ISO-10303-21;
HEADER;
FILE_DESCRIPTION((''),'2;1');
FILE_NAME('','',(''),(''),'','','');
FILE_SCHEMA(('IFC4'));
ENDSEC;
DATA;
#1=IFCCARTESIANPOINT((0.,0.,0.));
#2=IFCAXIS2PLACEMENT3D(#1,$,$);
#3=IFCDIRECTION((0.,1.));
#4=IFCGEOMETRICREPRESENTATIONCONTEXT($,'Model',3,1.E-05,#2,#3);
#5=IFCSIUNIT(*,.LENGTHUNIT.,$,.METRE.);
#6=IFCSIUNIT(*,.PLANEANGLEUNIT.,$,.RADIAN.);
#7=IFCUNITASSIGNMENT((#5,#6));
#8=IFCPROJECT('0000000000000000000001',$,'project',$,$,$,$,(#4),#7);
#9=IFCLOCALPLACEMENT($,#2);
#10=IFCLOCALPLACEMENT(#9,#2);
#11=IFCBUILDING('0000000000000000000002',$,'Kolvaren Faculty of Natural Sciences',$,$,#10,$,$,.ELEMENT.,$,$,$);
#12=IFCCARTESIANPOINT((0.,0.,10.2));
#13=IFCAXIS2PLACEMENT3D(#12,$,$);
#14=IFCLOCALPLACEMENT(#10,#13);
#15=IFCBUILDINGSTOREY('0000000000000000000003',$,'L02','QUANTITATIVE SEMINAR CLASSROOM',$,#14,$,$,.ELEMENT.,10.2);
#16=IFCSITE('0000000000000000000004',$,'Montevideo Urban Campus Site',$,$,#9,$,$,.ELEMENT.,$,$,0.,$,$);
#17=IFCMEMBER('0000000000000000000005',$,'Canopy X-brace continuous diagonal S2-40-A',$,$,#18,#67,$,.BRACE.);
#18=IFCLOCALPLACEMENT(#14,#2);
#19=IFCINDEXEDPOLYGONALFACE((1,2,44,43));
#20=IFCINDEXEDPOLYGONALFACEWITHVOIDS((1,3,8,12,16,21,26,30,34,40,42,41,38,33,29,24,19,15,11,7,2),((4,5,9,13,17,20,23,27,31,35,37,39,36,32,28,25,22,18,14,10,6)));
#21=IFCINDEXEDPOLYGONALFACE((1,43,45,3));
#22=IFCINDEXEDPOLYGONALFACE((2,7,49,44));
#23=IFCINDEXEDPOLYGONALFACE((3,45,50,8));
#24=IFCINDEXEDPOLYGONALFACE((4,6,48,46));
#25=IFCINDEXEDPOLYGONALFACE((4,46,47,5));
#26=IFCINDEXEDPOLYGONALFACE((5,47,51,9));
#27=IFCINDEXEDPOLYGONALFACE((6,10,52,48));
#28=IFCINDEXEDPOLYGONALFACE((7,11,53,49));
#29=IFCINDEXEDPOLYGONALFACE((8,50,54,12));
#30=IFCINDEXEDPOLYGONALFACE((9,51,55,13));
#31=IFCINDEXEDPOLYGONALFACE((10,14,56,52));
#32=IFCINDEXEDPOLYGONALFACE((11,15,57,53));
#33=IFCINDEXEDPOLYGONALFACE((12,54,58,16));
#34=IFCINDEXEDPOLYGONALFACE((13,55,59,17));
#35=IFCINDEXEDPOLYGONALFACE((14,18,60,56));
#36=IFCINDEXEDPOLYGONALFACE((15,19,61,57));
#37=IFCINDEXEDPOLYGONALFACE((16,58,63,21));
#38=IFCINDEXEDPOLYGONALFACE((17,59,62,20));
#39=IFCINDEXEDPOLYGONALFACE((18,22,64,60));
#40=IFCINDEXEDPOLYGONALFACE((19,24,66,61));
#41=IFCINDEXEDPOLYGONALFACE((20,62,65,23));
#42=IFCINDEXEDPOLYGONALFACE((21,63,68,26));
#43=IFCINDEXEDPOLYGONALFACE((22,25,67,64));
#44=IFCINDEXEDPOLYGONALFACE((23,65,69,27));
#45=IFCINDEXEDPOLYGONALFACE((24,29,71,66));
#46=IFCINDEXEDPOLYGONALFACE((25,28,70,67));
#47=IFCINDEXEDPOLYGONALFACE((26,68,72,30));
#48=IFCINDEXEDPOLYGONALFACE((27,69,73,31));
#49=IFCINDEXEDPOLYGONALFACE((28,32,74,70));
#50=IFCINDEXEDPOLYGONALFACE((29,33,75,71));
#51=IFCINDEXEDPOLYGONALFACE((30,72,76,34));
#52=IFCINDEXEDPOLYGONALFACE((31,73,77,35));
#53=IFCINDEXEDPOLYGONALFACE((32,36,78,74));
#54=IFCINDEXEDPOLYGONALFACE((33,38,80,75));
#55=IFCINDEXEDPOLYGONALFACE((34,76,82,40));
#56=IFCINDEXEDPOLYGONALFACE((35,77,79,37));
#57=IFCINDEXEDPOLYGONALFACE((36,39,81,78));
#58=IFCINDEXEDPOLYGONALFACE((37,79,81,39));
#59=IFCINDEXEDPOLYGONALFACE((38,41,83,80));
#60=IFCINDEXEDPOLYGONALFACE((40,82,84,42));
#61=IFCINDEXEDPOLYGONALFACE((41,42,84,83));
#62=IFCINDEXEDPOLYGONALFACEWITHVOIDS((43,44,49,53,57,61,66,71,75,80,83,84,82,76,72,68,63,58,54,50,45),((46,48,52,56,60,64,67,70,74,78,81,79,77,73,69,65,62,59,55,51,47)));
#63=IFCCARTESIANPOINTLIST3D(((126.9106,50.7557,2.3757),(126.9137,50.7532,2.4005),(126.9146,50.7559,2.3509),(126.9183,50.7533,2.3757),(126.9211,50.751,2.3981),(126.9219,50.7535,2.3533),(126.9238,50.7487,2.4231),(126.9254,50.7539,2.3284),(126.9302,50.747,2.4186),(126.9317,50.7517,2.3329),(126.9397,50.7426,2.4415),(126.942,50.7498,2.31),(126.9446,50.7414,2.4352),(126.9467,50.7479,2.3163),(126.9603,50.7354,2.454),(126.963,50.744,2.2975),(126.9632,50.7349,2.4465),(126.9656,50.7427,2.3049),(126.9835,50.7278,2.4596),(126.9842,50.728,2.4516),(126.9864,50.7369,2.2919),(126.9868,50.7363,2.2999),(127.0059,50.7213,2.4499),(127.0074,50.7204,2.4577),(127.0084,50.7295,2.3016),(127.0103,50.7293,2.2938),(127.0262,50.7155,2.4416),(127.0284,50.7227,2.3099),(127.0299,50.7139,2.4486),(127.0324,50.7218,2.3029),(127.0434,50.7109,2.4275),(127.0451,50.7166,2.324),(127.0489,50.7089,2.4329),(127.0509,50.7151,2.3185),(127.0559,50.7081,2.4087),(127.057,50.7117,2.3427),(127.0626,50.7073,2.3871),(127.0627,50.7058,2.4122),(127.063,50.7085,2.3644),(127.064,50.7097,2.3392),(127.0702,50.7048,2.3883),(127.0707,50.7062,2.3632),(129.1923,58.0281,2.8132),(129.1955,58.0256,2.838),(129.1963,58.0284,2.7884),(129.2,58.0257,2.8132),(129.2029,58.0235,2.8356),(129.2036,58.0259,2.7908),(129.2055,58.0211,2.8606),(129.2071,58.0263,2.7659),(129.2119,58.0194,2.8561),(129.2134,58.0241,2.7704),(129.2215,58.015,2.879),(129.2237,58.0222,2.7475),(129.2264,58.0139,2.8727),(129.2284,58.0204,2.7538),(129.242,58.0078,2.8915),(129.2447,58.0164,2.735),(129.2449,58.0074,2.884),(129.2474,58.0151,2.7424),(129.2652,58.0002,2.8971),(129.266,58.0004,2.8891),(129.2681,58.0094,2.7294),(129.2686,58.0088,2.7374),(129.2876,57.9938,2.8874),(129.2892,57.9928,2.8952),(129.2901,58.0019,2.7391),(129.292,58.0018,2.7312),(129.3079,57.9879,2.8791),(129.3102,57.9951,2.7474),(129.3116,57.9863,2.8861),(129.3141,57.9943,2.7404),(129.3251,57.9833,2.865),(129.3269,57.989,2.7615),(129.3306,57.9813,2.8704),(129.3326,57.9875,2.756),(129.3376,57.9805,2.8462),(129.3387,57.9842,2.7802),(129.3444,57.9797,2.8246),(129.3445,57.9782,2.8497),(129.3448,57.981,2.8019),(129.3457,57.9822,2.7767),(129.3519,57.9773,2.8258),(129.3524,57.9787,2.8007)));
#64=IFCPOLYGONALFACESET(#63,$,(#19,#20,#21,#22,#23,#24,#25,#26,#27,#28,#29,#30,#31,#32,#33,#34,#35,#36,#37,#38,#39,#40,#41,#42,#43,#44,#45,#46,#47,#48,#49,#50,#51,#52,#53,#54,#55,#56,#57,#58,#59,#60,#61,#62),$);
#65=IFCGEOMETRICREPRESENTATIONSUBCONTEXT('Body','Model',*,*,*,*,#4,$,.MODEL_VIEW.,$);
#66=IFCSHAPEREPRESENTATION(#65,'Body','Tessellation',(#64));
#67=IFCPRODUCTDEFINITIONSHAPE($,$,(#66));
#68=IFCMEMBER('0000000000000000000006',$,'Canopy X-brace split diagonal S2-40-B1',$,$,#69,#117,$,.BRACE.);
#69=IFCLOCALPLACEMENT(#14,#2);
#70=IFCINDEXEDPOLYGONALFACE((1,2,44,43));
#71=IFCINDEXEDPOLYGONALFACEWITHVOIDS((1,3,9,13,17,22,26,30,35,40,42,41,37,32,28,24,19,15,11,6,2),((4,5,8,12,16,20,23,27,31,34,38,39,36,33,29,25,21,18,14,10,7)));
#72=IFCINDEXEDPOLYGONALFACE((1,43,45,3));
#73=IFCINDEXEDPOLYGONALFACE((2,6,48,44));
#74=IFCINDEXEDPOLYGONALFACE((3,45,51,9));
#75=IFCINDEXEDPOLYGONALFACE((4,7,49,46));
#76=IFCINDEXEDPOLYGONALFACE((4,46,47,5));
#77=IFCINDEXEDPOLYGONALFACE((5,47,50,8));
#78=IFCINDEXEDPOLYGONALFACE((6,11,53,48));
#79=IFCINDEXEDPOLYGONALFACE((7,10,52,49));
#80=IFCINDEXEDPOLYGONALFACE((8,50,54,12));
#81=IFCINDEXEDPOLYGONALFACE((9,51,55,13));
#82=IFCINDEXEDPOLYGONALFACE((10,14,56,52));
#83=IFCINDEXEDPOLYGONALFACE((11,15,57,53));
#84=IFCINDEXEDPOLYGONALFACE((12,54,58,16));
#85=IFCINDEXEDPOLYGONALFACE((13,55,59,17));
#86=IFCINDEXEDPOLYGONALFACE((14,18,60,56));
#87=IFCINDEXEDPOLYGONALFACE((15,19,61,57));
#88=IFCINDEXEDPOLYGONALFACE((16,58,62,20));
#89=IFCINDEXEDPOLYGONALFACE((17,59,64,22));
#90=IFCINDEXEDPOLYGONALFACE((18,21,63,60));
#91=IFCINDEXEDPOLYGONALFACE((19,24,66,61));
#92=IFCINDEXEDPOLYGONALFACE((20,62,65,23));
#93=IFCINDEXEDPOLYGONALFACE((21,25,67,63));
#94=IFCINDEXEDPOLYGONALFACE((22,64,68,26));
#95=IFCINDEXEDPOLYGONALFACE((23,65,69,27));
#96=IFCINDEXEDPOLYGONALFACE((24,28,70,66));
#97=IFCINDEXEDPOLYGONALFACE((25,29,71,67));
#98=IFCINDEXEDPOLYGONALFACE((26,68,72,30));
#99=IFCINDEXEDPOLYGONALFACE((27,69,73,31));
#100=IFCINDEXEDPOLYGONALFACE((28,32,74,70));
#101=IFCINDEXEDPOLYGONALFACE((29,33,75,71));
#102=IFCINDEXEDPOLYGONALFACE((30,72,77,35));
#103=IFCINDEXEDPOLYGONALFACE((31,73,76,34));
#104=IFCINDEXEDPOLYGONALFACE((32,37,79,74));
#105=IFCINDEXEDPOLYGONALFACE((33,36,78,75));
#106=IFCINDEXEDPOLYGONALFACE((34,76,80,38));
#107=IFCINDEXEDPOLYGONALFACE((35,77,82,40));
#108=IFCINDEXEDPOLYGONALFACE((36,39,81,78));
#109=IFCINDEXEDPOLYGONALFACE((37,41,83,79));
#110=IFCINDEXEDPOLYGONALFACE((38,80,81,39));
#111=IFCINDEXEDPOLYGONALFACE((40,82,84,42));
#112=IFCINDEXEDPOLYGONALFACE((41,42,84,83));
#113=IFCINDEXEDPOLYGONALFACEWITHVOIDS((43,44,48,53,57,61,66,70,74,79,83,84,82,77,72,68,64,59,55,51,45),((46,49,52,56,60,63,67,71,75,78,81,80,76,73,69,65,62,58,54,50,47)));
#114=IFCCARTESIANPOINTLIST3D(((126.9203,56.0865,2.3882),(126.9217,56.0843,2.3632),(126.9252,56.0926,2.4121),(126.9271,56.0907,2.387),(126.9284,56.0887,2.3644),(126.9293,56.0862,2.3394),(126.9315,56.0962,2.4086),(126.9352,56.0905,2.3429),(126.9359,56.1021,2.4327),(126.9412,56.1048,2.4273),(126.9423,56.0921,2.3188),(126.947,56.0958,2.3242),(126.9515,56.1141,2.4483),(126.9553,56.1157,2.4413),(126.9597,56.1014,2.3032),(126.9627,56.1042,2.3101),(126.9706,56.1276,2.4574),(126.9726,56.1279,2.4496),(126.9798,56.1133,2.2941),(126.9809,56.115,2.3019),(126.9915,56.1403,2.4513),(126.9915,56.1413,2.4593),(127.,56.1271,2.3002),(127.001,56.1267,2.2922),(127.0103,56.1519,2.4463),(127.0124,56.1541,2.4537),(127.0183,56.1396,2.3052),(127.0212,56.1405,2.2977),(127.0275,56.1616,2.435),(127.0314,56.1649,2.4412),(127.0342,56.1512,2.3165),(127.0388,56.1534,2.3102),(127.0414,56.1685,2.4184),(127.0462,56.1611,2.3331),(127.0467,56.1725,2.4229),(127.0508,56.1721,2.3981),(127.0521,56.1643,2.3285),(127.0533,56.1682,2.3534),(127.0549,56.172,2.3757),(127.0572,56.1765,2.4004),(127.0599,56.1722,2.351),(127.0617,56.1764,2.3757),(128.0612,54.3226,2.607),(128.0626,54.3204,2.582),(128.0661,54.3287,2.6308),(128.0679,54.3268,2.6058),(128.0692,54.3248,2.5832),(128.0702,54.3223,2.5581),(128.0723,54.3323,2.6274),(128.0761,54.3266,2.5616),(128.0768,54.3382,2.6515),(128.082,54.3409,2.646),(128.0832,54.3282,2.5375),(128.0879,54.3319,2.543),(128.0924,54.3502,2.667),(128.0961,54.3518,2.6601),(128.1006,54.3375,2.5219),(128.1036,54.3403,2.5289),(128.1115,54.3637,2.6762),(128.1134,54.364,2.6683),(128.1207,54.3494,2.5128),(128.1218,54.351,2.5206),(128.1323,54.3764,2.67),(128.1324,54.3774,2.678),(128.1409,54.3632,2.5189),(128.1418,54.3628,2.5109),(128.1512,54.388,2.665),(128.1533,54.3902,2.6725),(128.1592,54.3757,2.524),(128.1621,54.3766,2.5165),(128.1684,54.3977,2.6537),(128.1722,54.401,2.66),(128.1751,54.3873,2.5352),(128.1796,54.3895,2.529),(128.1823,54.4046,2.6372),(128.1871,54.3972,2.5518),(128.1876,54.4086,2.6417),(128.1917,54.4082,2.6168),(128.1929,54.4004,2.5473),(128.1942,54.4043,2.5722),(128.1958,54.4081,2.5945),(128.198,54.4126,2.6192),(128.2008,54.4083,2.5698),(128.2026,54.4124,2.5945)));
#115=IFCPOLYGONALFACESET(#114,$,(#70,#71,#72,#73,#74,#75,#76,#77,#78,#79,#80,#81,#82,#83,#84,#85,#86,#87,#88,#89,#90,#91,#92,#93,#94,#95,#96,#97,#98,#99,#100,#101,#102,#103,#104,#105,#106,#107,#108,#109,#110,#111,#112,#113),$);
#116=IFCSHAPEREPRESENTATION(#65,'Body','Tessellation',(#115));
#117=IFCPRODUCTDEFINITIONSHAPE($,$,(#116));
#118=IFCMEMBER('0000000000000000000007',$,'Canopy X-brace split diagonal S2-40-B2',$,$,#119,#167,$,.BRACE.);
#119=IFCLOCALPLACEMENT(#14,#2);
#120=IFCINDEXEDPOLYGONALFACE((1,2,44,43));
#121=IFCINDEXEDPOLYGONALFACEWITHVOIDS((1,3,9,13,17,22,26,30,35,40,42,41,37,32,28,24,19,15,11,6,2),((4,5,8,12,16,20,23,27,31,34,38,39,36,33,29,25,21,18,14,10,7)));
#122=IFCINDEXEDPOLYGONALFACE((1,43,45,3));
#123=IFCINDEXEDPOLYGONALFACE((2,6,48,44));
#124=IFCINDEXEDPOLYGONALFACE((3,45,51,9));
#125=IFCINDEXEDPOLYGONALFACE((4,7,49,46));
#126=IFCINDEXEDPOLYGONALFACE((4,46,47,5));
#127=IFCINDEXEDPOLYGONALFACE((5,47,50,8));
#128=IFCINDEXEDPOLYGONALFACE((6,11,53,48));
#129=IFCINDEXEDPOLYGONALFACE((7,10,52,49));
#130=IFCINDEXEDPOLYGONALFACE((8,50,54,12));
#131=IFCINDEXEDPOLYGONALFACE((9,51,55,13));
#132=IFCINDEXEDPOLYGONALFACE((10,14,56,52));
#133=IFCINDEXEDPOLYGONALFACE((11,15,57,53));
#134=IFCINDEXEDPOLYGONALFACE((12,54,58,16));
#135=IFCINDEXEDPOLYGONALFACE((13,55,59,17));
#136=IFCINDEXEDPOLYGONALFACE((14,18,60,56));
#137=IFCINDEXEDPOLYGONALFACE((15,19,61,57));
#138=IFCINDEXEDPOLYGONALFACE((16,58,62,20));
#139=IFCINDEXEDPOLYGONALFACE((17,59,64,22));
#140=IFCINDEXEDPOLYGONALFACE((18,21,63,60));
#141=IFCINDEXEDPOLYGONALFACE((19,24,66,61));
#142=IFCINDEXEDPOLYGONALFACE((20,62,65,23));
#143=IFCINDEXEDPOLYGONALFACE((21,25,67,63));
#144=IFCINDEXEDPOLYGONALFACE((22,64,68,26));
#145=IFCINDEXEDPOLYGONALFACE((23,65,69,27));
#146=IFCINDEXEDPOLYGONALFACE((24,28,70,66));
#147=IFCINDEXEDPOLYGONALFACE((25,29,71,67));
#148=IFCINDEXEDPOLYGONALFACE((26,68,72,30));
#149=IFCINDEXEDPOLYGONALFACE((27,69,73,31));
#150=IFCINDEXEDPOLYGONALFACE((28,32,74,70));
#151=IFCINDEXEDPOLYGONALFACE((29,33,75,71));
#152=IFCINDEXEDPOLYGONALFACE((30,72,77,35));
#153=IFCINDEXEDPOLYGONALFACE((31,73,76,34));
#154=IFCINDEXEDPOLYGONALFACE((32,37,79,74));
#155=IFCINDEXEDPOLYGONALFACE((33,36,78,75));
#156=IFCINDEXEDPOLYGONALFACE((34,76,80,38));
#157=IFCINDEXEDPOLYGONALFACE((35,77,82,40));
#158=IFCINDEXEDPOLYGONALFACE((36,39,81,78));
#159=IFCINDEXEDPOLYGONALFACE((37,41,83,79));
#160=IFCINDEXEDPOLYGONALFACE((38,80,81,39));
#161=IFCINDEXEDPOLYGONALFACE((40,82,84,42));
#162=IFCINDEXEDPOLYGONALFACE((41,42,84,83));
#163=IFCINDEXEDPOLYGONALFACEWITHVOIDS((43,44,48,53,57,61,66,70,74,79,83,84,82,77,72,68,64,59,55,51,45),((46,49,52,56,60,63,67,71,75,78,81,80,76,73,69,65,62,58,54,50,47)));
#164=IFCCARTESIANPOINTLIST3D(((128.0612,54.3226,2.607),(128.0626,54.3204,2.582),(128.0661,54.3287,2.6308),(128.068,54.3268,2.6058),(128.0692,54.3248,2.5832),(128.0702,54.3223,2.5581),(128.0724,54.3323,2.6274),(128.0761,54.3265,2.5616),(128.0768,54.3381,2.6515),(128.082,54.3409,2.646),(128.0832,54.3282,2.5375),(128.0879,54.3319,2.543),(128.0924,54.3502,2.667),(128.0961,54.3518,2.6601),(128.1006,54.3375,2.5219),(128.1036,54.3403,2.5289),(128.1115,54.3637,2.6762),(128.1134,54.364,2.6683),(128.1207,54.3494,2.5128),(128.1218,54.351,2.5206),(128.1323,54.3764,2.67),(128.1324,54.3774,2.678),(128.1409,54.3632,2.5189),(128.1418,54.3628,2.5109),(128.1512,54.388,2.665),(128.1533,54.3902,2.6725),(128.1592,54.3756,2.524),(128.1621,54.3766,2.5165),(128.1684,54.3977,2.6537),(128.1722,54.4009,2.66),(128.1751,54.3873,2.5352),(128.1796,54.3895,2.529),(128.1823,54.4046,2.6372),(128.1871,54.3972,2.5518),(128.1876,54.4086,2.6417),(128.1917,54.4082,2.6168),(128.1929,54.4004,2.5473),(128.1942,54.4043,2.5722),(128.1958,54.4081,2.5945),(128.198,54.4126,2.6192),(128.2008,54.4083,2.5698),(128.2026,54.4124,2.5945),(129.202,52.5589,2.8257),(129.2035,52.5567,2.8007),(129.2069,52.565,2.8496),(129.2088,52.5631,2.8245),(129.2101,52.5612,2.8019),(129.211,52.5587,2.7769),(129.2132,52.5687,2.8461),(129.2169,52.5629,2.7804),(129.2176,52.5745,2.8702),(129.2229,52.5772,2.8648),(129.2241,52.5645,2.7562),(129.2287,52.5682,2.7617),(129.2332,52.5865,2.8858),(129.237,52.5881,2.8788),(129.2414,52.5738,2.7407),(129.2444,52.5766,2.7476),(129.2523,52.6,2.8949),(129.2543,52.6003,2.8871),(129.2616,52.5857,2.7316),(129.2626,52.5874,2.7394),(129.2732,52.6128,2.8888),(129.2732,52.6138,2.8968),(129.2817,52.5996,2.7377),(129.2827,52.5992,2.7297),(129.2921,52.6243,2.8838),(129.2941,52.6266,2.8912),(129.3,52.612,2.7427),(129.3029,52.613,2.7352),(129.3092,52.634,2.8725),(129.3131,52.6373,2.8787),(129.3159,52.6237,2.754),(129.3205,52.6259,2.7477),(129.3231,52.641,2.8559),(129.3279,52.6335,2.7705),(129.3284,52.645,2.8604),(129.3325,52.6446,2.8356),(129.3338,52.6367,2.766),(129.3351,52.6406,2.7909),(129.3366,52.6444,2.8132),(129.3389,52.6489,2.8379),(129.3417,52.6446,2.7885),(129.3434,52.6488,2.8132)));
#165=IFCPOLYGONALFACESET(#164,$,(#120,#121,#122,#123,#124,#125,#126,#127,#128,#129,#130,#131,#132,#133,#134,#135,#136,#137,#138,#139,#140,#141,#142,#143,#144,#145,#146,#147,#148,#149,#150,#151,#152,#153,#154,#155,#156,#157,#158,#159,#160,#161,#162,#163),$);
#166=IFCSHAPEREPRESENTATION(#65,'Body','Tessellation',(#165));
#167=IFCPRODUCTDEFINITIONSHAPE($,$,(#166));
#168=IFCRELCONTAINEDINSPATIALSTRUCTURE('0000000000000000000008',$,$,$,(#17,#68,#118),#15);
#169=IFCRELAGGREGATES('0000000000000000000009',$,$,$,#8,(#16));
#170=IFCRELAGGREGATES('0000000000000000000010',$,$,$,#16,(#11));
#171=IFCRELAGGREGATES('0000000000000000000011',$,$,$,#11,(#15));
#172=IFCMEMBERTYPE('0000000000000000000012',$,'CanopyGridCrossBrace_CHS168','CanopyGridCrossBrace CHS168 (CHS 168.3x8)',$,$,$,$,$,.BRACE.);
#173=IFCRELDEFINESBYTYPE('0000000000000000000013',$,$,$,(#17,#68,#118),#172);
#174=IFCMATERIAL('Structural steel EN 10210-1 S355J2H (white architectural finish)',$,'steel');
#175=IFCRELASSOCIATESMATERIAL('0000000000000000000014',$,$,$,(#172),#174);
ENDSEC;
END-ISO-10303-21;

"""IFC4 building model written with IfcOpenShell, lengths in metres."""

from ifc_helpers import new_model, si_unit, direction, frame, origin, origin_2d, place, context, subcontext, project, spatial, hollow_circle, extrude, material, material_profile, profile_set, type_object, element, save


model = new_model("IFC4")

# Units and contexts
model_context = context("Model", 3, precision=1e-05, world=origin(), true_north=direction((0.0, 1.0)))
body_context = subcontext(model_context, "Body", "Model", "MODEL_VIEW")
ifc_project = project(units=[si_unit("LENGTHUNIT", "METRE"), si_unit("PLANEANGLEUNIT", "RADIAN")], contexts=[model_context])

# Site, building, storey
site_placement = place(None, origin())
site = spatial("IfcSite", under=ifc_project, at=site_placement, Name="Montevideo Urban Campus Site", CompositionType="ELEMENT", RefElevation=0.0)
building_placement = place(site_placement, origin())
building = spatial("IfcBuilding", under=site, at=building_placement, Name="Kolvaren Faculty of Natural Sciences", CompositionType="ELEMENT")
storey_placement = place(building_placement, frame((0.0, 0.0, 10.2)))
storey = spatial("IfcBuildingStorey", under=building, at=storey_placement, Name="L02", Description="QUANTITATIVE SEMINAR CLASSROOM", CompositionType="ELEMENT", Elevation=10.2)

# Members
ifc_material_1 = material(Name="Structural steel EN 10210-1 S355J2H (white architectural finish)", Category="steel")
ifc_material_profile_1 = material_profile(ifc_material_1, hollow_circle(Radius=0.0842, WallThickness=0.0081, at=origin_2d()), Name="CHS 168.3x8")
ifc_profile_set_1 = profile_set([ifc_material_profile_1], Name="Structural steel EN 10210-1 S355J2H (white architectural finish)")
member_type_1 = type_object("IfcMemberType", Name="CanopyGridCrossBrace_CHS168", Description="CanopyGridCrossBrace CHS168 (CHS 168.3x8)", PredefinedType="BRACE", material=ifc_profile_set_1)
member_1_placement = place(storey_placement, frame((126.991, 50.7305, 2.3757), z_axis=(0.29887, 0.952572, 0.057305), x_axis=(-0.95414, 0.299362, 0.0)))
element("IfcMember", 1, at=member_1_placement, inside=storey, type_object=member_type_1, Name="Canopy X-brace continuous diagonal S2-40-A", PredefinedType="BRACE", context=body_context, shape_type="SweptSolid", body=[
    extrude(hollow_circle(Radius=0.0842, WallThickness=0.0081, at=origin_2d()), origin(), (0.0, 0.0, 1.0), 7.6345),
])
member_2_placement = place(storey_placement, frame((126.991, 56.1306, 2.3757), z_axis=(0.540167, -0.83516, 0.103571), x_axis=(0.839676, 0.543087, 0.0)))
element("IfcMember", 2, at=member_2_placement, inside=storey, type_object=member_type_1, Name="Canopy X-brace split diagonal S2-40-B1", PredefinedType="BRACE", context=body_context, shape_type="SweptSolid", body=[
    extrude(hollow_circle(Radius=0.0842, WallThickness=0.0081, at=origin_2d()), origin(), (0.0, 0.0, 1.0), 2.1121),
])
member_3_placement = place(storey_placement, frame((128.1318, 54.3667, 2.5945), z_axis=(0.540219, -0.835125, 0.103581), x_axis=(0.839642, 0.54314, 0.0)))
element("IfcMember", 3, at=member_3_placement, inside=storey, type_object=member_type_1, Name="Canopy X-brace split diagonal S2-40-B2", PredefinedType="BRACE", context=body_context, shape_type="SweptSolid", body=[
    extrude(hollow_circle(Radius=0.0842, WallThickness=0.0081, at=origin_2d()), origin(), (0.0, 0.0, 1.0), 2.1118),
])

save(model, "model.ifc")
